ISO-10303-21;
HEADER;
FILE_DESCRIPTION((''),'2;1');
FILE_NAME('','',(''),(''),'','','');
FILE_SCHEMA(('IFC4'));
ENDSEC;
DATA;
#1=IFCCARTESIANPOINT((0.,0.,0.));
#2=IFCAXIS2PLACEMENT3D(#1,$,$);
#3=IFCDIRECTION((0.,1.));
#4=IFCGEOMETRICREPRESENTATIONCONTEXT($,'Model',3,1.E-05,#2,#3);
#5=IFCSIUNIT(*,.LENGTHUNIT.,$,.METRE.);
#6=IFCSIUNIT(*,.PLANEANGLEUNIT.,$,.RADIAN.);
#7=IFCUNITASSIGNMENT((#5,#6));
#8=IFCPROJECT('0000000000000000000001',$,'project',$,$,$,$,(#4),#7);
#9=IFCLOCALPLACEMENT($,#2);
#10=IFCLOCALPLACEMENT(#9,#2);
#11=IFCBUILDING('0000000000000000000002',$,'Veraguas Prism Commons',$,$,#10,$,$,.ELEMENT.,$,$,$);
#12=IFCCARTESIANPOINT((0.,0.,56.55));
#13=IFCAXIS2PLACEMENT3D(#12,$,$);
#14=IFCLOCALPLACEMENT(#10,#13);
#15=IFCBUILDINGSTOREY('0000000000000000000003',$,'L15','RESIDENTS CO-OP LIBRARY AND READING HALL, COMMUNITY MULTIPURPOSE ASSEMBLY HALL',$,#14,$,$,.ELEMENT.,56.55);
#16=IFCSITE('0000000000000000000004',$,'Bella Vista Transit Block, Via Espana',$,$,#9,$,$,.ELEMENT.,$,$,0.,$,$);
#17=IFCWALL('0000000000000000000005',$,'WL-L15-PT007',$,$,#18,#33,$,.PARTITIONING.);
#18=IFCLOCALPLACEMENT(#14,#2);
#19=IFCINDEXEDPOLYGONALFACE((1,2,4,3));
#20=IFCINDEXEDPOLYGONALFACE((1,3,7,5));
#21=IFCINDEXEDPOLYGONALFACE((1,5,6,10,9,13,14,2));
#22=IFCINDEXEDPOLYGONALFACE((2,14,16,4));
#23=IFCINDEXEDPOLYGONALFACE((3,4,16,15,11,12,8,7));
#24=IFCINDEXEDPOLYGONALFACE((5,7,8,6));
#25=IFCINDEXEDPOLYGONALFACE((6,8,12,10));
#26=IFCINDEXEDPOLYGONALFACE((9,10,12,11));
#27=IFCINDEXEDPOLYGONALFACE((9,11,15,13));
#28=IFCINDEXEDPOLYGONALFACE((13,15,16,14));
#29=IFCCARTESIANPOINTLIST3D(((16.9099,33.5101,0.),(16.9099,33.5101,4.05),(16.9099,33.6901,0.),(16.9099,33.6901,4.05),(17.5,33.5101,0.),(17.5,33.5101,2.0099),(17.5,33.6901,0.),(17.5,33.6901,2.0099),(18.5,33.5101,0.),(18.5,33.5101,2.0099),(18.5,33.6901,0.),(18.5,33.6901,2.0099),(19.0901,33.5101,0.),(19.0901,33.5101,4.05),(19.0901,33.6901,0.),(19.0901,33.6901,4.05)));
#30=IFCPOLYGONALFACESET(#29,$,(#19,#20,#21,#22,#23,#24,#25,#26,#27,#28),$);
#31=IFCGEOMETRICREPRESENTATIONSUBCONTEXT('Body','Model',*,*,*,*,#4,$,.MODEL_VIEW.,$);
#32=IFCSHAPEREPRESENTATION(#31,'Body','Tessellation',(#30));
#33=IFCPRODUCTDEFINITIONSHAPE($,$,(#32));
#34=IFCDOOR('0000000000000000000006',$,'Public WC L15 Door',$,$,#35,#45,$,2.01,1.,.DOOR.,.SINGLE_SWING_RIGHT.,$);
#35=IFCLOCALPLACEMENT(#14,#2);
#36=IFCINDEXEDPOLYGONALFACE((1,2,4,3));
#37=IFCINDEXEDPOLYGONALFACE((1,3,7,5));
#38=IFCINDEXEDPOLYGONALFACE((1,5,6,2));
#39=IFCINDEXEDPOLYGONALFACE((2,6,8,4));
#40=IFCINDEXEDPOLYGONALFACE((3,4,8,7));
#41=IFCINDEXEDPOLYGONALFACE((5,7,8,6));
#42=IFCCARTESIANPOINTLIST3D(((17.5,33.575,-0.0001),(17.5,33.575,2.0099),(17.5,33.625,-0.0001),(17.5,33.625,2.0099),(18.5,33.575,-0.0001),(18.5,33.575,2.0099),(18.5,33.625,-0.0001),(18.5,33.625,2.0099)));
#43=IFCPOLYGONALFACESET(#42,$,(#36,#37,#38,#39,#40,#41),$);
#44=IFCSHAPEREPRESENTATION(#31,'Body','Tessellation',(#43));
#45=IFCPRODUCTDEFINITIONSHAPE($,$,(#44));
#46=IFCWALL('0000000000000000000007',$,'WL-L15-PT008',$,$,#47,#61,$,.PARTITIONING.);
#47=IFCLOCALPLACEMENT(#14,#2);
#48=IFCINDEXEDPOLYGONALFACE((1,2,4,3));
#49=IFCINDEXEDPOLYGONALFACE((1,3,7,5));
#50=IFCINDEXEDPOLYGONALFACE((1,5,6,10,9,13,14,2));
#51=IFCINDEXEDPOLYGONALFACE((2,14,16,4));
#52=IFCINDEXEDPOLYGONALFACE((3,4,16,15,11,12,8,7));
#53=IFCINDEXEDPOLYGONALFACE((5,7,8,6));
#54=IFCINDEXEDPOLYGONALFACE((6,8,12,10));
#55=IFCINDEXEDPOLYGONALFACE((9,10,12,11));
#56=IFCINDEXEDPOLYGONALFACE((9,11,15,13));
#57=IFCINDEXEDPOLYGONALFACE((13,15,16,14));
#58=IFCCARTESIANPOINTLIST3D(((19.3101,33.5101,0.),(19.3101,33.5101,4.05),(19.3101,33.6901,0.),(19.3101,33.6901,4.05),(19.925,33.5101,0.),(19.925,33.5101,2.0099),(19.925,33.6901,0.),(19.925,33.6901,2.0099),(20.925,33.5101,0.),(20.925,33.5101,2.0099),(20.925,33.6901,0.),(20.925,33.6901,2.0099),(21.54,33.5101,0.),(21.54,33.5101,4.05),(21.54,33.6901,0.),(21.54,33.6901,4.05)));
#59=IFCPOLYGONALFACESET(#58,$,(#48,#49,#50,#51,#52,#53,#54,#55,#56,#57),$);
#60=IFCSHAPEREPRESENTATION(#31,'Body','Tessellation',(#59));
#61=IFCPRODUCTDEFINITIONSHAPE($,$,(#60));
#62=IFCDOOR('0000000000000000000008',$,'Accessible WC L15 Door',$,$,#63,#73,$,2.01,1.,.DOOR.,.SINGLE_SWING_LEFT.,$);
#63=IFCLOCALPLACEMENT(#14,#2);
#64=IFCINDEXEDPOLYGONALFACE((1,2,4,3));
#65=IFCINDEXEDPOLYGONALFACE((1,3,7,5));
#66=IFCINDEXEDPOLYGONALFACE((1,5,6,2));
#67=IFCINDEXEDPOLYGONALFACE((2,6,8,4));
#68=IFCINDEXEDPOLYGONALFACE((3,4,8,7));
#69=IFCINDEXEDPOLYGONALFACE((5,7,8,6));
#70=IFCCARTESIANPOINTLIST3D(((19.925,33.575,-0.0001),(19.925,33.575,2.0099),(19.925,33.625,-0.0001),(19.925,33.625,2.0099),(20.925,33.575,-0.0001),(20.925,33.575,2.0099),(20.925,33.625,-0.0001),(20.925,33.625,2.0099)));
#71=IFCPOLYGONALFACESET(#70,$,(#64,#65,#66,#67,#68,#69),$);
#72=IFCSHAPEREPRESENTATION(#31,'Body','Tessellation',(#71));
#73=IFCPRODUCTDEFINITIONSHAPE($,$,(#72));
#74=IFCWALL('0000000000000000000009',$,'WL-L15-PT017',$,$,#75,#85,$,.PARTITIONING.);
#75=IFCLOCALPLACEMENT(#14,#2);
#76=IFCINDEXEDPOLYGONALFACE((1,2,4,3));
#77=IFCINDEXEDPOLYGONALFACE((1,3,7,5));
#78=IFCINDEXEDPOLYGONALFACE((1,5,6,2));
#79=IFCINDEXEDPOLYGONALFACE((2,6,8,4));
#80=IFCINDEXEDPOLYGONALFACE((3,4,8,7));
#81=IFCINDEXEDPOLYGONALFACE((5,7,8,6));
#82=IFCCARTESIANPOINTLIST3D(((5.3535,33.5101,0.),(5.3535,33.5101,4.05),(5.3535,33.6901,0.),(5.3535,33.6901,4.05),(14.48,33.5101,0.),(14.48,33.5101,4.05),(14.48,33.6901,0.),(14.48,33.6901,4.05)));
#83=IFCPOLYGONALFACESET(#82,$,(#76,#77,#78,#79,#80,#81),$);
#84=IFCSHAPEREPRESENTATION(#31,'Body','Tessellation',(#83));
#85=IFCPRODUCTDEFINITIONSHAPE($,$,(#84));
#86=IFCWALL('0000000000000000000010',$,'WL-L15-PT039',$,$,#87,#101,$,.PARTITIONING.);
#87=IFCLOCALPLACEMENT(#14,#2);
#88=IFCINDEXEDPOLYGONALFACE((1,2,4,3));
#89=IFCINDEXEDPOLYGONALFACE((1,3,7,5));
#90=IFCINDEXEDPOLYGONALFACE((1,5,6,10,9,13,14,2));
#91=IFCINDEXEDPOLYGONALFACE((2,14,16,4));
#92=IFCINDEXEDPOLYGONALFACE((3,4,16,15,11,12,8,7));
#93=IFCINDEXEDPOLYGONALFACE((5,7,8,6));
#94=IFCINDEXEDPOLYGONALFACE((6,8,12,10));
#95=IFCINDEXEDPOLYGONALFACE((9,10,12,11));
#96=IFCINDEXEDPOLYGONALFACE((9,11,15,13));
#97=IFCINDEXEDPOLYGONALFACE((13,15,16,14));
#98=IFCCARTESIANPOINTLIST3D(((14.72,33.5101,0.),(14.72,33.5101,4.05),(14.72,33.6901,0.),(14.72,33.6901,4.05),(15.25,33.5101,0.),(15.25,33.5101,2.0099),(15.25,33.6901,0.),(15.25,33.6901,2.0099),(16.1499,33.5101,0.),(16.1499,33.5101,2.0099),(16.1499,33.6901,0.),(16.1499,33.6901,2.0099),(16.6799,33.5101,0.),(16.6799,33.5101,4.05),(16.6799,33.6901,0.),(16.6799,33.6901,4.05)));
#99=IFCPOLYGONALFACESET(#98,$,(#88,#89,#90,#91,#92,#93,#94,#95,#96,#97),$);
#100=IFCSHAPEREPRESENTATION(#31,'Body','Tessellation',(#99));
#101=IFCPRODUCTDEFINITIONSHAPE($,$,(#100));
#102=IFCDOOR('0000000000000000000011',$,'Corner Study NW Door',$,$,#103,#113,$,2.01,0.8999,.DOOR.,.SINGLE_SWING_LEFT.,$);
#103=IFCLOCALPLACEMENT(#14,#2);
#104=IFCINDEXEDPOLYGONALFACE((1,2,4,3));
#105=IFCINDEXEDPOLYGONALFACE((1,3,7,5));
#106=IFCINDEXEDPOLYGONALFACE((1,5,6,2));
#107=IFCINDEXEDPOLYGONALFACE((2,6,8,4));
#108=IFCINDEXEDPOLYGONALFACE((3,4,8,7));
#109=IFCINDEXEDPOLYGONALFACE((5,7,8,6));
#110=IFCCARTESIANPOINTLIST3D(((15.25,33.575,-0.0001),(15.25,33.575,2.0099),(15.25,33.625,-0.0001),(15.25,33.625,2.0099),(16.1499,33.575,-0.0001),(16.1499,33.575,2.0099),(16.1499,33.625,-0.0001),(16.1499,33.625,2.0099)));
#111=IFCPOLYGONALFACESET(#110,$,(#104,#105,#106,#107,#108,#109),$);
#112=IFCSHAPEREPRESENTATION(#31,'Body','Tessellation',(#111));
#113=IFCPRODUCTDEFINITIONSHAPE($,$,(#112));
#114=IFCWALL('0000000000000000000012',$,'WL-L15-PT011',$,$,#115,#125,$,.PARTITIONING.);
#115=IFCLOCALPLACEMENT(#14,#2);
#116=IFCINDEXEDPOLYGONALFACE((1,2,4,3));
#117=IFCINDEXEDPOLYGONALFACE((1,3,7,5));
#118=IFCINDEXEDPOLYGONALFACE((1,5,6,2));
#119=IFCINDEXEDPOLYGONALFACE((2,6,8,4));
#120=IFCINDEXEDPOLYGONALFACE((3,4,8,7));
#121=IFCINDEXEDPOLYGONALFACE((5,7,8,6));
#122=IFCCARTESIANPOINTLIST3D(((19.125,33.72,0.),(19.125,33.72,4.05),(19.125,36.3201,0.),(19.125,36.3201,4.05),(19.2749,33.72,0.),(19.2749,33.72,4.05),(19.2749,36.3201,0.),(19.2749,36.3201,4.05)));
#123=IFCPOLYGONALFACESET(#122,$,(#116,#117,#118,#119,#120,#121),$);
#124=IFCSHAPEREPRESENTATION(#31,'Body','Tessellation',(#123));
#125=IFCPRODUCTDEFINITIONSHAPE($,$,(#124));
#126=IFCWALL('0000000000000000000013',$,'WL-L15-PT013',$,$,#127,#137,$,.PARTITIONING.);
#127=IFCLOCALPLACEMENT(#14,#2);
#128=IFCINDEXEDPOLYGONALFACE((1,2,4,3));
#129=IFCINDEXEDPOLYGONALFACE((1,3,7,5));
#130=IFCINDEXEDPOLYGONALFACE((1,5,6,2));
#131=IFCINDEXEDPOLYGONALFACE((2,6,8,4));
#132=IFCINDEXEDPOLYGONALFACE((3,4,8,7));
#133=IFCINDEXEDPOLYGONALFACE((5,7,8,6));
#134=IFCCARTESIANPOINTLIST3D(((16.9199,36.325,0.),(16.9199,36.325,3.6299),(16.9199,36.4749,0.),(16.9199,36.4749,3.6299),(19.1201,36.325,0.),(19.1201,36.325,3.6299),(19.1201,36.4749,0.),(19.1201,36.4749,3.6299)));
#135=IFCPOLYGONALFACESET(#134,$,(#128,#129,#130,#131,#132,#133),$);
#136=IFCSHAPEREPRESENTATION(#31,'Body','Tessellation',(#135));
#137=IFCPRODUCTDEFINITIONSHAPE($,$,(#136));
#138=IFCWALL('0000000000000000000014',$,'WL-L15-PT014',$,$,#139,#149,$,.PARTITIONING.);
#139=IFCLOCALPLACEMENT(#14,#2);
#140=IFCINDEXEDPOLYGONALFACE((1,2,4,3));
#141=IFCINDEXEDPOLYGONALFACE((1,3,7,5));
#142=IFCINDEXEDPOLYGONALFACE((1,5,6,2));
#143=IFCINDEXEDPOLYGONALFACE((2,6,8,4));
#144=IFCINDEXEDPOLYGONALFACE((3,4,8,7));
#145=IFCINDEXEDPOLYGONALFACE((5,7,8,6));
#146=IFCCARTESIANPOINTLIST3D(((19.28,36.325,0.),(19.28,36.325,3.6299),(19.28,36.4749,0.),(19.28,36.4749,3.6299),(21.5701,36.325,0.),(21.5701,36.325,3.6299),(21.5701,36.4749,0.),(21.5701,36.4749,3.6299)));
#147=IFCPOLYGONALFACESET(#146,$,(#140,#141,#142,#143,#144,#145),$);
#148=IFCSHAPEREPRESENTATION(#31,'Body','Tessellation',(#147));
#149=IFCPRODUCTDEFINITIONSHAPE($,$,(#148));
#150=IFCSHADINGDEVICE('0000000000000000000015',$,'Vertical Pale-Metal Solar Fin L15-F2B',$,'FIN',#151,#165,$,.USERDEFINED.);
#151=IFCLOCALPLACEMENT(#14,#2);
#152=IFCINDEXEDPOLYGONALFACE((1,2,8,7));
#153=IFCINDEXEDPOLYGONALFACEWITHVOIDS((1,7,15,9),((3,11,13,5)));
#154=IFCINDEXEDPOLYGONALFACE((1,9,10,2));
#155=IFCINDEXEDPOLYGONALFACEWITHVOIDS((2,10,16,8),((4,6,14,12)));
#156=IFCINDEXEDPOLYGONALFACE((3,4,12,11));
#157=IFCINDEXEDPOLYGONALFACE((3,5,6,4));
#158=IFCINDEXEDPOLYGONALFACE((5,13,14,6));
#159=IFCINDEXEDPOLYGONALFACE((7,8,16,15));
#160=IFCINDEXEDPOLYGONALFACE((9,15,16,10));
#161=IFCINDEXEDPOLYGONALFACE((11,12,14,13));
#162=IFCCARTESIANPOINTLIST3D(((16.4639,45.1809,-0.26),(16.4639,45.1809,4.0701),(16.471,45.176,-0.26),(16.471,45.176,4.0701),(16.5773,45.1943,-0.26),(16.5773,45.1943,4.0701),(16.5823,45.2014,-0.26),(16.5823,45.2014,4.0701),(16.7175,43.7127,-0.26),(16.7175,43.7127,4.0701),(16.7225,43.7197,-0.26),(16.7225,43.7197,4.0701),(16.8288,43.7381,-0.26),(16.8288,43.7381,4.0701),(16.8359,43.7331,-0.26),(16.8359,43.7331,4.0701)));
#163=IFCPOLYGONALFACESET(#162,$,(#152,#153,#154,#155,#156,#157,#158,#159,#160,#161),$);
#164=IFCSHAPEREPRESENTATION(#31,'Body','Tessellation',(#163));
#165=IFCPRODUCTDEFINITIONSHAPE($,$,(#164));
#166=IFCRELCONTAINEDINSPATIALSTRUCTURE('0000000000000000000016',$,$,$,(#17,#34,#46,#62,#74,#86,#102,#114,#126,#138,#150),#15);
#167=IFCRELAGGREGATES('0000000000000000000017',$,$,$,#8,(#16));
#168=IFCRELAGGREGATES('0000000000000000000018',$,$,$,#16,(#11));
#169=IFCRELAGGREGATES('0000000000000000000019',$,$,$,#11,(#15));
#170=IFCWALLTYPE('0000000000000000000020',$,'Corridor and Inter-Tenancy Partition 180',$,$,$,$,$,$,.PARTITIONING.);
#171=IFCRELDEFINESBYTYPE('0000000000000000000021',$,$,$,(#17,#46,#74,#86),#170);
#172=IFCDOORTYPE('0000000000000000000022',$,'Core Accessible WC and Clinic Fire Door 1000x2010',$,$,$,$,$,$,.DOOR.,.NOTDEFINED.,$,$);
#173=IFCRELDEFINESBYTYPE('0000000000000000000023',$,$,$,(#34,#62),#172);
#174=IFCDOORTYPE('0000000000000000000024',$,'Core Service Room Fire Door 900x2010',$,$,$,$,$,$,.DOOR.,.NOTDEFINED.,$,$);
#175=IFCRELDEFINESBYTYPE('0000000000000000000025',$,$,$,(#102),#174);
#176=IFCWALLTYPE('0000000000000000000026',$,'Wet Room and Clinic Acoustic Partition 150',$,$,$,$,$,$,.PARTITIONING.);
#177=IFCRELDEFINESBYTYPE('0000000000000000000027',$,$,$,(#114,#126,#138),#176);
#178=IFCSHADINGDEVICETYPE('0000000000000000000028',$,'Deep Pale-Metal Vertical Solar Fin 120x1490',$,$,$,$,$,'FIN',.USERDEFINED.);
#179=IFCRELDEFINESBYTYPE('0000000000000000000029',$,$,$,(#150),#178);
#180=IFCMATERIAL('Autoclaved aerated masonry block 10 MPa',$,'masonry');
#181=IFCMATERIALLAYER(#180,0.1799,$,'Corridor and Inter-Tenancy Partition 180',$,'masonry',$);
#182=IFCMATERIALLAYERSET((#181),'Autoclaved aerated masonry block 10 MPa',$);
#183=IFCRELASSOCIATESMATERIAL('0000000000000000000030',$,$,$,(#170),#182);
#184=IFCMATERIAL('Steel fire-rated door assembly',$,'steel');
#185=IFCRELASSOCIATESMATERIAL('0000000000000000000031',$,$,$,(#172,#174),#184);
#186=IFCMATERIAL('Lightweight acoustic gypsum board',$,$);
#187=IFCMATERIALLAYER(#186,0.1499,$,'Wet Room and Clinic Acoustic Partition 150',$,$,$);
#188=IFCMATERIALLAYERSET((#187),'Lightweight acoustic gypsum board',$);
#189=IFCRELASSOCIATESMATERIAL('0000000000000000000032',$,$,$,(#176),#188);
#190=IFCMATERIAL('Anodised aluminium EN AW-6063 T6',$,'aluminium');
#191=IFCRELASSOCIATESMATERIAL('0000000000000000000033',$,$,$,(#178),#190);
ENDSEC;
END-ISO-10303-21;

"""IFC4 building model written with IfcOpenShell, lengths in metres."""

from ifc_helpers import new_model, si_unit, direction, frame, frame_2d, origin, origin_2d, place, context, subcontext, project, spatial, rectangle, hollow_rectangle, extrude, source, transform, mapped, material, layer, layer_set, material_profile, profile_set, type_object, element, fill, save


model = new_model("IFC4")

# Units and contexts
model_context = context("Model", 3, precision=1e-05, world=origin(), true_north=direction((0.0, 1.0)))
body_context = subcontext(model_context, "Body", "Model", "MODEL_VIEW")
ifc_project = project(units=[si_unit("LENGTHUNIT", "METRE"), si_unit("PLANEANGLEUNIT", "RADIAN")], contexts=[model_context])

# Site, building, storey
site_placement = place(None, origin())
site = spatial("IfcSite", under=ifc_project, at=site_placement, Name="Bella Vista Transit Block, Via Espana", CompositionType="ELEMENT", RefElevation=0.0)
building_placement = place(site_placement, origin())
building = spatial("IfcBuilding", under=site, at=building_placement, Name="Veraguas Prism Commons", CompositionType="ELEMENT")
storey_placement = place(building_placement, frame((0.0, 0.0, 56.55)))
storey = spatial("IfcBuildingStorey", under=building, at=storey_placement, Name="L15", Description="RESIDENTS CO-OP LIBRARY AND READING HALL, COMMUNITY MULTIPURPOSE ASSEMBLY HALL", CompositionType="ELEMENT", Elevation=56.55)

# Shared definitions
ifc_material_1 = material(Name="Anodised aluminium EN AW-6063 T6", Category="aluminium")

# Shared definitions
ifc_material_2 = material(Name="Steel fire-rated door assembly", Category="steel")

# Shared definitions
ifc_material_3 = material(Name="Autoclaved aerated masonry block 10 MPa", Category="masonry")
ifc_layer_1 = layer(ifc_material_3, 0.1799, Name="Corridor and Inter-Tenancy Partition 180", Category="masonry")
ifc_layer_set_1 = layer_set([ifc_layer_1], Name="Autoclaved aerated masonry block 10 MPa")
wall_type_1 = type_object("IfcWallType", Name="Corridor and Inter-Tenancy Partition 180", PredefinedType="PARTITIONING", material=ifc_layer_set_1)

# Walls, openings, doors
wall_1_placement = place(storey_placement, frame((16.9099, 33.6001, 0.0), z_axis=(0.0, 0.0, 1.0), x_axis=(1.0, 0.0, 0.0)))
wall_1 = element("IfcWall", 1, at=wall_1_placement, inside=storey, type_object=wall_type_1, Name="WL-L15-PT007", PredefinedType="PARTITIONING", context=body_context, shape_type="SweptSolid", body=[
    extrude(rectangle(XDim=2.1802, YDim=0.1799, at=frame_2d((1.0901, 0.0))), origin(), (0.0, 0.0, 1.0), 4.05),
])
opening_1_placement = place(wall_1_placement, frame((0.5901, 0.0, 0.0)))
opening_1 = element("IfcOpeningElement", 2, at=opening_1_placement, cuts=wall_1, PredefinedType="OPENING", context=body_context, shape_type="SweptSolid", body=[
    extrude(rectangle(XDim=1.0, YDim=2.01, at=frame_2d((0.5, 1.0049))), frame((0.0, 0.0999, 0.0), z_axis=(0.0, -1.0, 0.0), x_axis=(1.0, 0.0, 0.0)), (0.0, 0.0, 1.0), 0.2),
])
door_type_1 = type_object("IfcDoorType", Name="Core Accessible WC and Clinic Fire Door 1000x2010", OperationType="NOTDEFINED", PredefinedType="DOOR", material=ifc_material_2)
shared_shape_1 = source(origin(), body_context, "Body", "SweptSolid", [
    extrude(rectangle(XDim=1.0, YDim=2.01, at=frame_2d((0.5, 1.0049))), frame((0.0, 0.0249, 0.0), z_axis=(0.0, -1.0, 0.0), x_axis=(1.0, 0.0, 0.0)), (0.0, 0.0, 1.0), 0.05),
])
door_1_placement = place(opening_1_placement, origin())
door_1 = element("IfcDoor", 3, at=door_1_placement, inside=storey, type_object=door_type_1, Name="Public WC L15 Door", OperationType="SINGLE_SWING_RIGHT", OverallHeight=2.01, OverallWidth=1.0, PredefinedType="DOOR", context=body_context, shape_type="MappedRepresentation", body=[
    mapped(shared_shape_1, transform((0.0, 0.0, 0.0), scale=1.0)),
])
fill(opening_1, door_1)
wall_2_placement = place(storey_placement, frame((19.3101, 33.6001, 0.0), z_axis=(0.0, 0.0, 1.0), x_axis=(1.0, 0.0, 0.0)))
wall_2 = element("IfcWall", 4, at=wall_2_placement, inside=storey, type_object=wall_type_1, Name="WL-L15-PT008", PredefinedType="PARTITIONING", context=body_context, shape_type="SweptSolid", body=[
    extrude(rectangle(XDim=2.23, YDim=0.1799, at=frame_2d((1.115, 0.0))), origin(), (0.0, 0.0, 1.0), 4.05),
])
opening_2_placement = place(wall_2_placement, frame((0.615, 0.0, 0.0)))
opening_2 = element("IfcOpeningElement", 5, at=opening_2_placement, cuts=wall_2, PredefinedType="OPENING", context=body_context, shape_type="SweptSolid", body=[
    extrude(rectangle(XDim=1.0, YDim=2.01, at=frame_2d((0.5, 1.0049))), frame((0.0, 0.0999, 0.0), z_axis=(0.0, -1.0, 0.0), x_axis=(1.0, 0.0, 0.0)), (0.0, 0.0, 1.0), 0.2),
])
door_2_placement = place(opening_2_placement, origin())
door_2 = element("IfcDoor", 6, at=door_2_placement, inside=storey, type_object=door_type_1, Name="Accessible WC L15 Door", OperationType="SINGLE_SWING_LEFT", OverallHeight=2.01, OverallWidth=1.0, PredefinedType="DOOR", context=body_context, shape_type="MappedRepresentation", body=[
    mapped(shared_shape_1, transform((0.0, 0.0, 0.0), scale=1.0)),
])
fill(opening_2, door_2)

# Wall
wall_3_placement = place(storey_placement, frame((14.48, 33.6001, 0.0), z_axis=(0.0, 0.0, 1.0), x_axis=(-1.0, 0.0, 0.0)))
element("IfcWall", 7, at=wall_3_placement, inside=storey, type_object=wall_type_1, Name="WL-L15-PT017", PredefinedType="PARTITIONING", context=body_context, shape_type="SweptSolid", body=[
    extrude(rectangle(XDim=9.1265, YDim=0.1799, at=frame_2d((4.5632, 0.0))), origin(), (0.0, 0.0, 1.0), 4.05),
])

# Wall, opening, door
wall_4_placement = place(storey_placement, frame((14.72, 33.6001, 0.0), z_axis=(0.0, 0.0, 1.0), x_axis=(1.0, 0.0, 0.0)))
wall_4 = element("IfcWall", 8, at=wall_4_placement, inside=storey, type_object=wall_type_1, Name="WL-L15-PT039", PredefinedType="PARTITIONING", context=body_context, shape_type="SweptSolid", body=[
    extrude(rectangle(XDim=1.96, YDim=0.1799, at=frame_2d((0.98, 0.0))), origin(), (0.0, 0.0, 1.0), 4.05),
])
opening_3_placement = place(wall_4_placement, frame((0.53, 0.0, 0.0)))
opening_3 = element("IfcOpeningElement", 9, at=opening_3_placement, cuts=wall_4, PredefinedType="OPENING", context=body_context, shape_type="SweptSolid", body=[
    extrude(rectangle(XDim=0.8999, YDim=2.01, at=frame_2d((0.45, 1.0049))), frame((0.0, 0.0999, 0.0), z_axis=(0.0, -1.0, 0.0), x_axis=(1.0, 0.0, 0.0)), (0.0, 0.0, 1.0), 0.2),
])
door_type_2 = type_object("IfcDoorType", Name="Core Service Room Fire Door 900x2010", OperationType="NOTDEFINED", PredefinedType="DOOR", material=ifc_material_2)
shared_shape_2 = source(origin(), body_context, "Body", "SweptSolid", [
    extrude(rectangle(XDim=0.8999, YDim=2.01, at=frame_2d((0.45, 1.0049))), frame((0.0, 0.0249, 0.0), z_axis=(0.0, -1.0, 0.0), x_axis=(1.0, 0.0, 0.0)), (0.0, 0.0, 1.0), 0.05),
])
door_3_placement = place(opening_3_placement, origin())
door_3 = element("IfcDoor", 10, at=door_3_placement, inside=storey, type_object=door_type_2, Name="Corner Study NW Door", OperationType="SINGLE_SWING_LEFT", OverallHeight=2.01, OverallWidth=0.8999, PredefinedType="DOOR", context=body_context, shape_type="MappedRepresentation", body=[
    mapped(shared_shape_2, transform((0.0, 0.0, 0.0), scale=1.0)),
])
fill(opening_3, door_3)

# Walls
ifc_material_4 = material(Name="Lightweight acoustic gypsum board")
ifc_layer_2 = layer(ifc_material_4, 0.1499, Name="Wet Room and Clinic Acoustic Partition 150")
ifc_layer_set_2 = layer_set([ifc_layer_2], Name="Lightweight acoustic gypsum board")
wall_type_2 = type_object("IfcWallType", Name="Wet Room and Clinic Acoustic Partition 150", PredefinedType="PARTITIONING", material=ifc_layer_set_2)
wall_5_placement = place(storey_placement, frame((19.2, 33.72, 0.0), z_axis=(0.0, 0.0, 1.0), x_axis=(0.0, 1.0, 0.0)))
element("IfcWall", 11, at=wall_5_placement, inside=storey, type_object=wall_type_2, Name="WL-L15-PT011", PredefinedType="PARTITIONING", context=body_context, shape_type="SweptSolid", body=[
    extrude(rectangle(XDim=2.6001, YDim=0.1499, at=frame_2d((1.3, 0.0))), origin(), (0.0, 0.0, 1.0), 4.05),
])
wall_6_placement = place(storey_placement, frame((16.9199, 36.3999, 0.0), z_axis=(0.0, 0.0, 1.0), x_axis=(1.0, 0.0, 0.0)))
element("IfcWall", 12, at=wall_6_placement, inside=storey, type_object=wall_type_2, Name="WL-L15-PT013", PredefinedType="PARTITIONING", context=body_context, shape_type="SweptSolid", body=[
    extrude(rectangle(XDim=2.2002, YDim=0.1499, at=frame_2d((1.1001, 0.0))), origin(), (0.0, 0.0, 1.0), 3.6299),
])
wall_7_placement = place(storey_placement, frame((19.28, 36.3999, 0.0), z_axis=(0.0, 0.0, 1.0), x_axis=(1.0, 0.0, 0.0)))
element("IfcWall", 13, at=wall_7_placement, inside=storey, type_object=wall_type_2, Name="WL-L15-PT014", PredefinedType="PARTITIONING", context=body_context, shape_type="SweptSolid", body=[
    extrude(rectangle(XDim=2.29, YDim=0.1499, at=frame_2d((1.145, 0.0))), origin(), (0.0, 0.0, 1.0), 3.6299),
])

# Shading device
ifc_material_profile_1 = material_profile(ifc_material_1, hollow_rectangle(XDim=0.1201, YDim=1.49, WallThickness=0.0061, at=origin_2d()), Name="FIN120X1490X6")
ifc_profile_set_1 = profile_set([ifc_material_profile_1], Name="Anodised aluminium EN AW-6063 T6")
shading_device_type = type_object("IfcShadingDeviceType", Name="Deep Pale-Metal Vertical Solar Fin 120x1490", ElementType="FIN", PredefinedType="USERDEFINED", material=ifc_profile_set_1)
shading_device_placement = place(storey_placement, frame((16.6499, 44.457, -0.26), z_axis=(0.0, 0.0, 1.0), x_axis=(-0.985408, -0.170209, 0.0)))
element("IfcShadingDevice", 14, at=shading_device_placement, inside=storey, type_object=shading_device_type, Name="Vertical Pale-Metal Solar Fin L15-F2B", ObjectType="FIN", PredefinedType="USERDEFINED", context=body_context, shape_type="SweptSolid", body=[
    extrude(hollow_rectangle(XDim=0.1201, YDim=1.49, WallThickness=0.0061, at=origin_2d()), origin(), (0.0, 0.0, 1.0), 4.3301),
])

save(model, "model.ifc")
